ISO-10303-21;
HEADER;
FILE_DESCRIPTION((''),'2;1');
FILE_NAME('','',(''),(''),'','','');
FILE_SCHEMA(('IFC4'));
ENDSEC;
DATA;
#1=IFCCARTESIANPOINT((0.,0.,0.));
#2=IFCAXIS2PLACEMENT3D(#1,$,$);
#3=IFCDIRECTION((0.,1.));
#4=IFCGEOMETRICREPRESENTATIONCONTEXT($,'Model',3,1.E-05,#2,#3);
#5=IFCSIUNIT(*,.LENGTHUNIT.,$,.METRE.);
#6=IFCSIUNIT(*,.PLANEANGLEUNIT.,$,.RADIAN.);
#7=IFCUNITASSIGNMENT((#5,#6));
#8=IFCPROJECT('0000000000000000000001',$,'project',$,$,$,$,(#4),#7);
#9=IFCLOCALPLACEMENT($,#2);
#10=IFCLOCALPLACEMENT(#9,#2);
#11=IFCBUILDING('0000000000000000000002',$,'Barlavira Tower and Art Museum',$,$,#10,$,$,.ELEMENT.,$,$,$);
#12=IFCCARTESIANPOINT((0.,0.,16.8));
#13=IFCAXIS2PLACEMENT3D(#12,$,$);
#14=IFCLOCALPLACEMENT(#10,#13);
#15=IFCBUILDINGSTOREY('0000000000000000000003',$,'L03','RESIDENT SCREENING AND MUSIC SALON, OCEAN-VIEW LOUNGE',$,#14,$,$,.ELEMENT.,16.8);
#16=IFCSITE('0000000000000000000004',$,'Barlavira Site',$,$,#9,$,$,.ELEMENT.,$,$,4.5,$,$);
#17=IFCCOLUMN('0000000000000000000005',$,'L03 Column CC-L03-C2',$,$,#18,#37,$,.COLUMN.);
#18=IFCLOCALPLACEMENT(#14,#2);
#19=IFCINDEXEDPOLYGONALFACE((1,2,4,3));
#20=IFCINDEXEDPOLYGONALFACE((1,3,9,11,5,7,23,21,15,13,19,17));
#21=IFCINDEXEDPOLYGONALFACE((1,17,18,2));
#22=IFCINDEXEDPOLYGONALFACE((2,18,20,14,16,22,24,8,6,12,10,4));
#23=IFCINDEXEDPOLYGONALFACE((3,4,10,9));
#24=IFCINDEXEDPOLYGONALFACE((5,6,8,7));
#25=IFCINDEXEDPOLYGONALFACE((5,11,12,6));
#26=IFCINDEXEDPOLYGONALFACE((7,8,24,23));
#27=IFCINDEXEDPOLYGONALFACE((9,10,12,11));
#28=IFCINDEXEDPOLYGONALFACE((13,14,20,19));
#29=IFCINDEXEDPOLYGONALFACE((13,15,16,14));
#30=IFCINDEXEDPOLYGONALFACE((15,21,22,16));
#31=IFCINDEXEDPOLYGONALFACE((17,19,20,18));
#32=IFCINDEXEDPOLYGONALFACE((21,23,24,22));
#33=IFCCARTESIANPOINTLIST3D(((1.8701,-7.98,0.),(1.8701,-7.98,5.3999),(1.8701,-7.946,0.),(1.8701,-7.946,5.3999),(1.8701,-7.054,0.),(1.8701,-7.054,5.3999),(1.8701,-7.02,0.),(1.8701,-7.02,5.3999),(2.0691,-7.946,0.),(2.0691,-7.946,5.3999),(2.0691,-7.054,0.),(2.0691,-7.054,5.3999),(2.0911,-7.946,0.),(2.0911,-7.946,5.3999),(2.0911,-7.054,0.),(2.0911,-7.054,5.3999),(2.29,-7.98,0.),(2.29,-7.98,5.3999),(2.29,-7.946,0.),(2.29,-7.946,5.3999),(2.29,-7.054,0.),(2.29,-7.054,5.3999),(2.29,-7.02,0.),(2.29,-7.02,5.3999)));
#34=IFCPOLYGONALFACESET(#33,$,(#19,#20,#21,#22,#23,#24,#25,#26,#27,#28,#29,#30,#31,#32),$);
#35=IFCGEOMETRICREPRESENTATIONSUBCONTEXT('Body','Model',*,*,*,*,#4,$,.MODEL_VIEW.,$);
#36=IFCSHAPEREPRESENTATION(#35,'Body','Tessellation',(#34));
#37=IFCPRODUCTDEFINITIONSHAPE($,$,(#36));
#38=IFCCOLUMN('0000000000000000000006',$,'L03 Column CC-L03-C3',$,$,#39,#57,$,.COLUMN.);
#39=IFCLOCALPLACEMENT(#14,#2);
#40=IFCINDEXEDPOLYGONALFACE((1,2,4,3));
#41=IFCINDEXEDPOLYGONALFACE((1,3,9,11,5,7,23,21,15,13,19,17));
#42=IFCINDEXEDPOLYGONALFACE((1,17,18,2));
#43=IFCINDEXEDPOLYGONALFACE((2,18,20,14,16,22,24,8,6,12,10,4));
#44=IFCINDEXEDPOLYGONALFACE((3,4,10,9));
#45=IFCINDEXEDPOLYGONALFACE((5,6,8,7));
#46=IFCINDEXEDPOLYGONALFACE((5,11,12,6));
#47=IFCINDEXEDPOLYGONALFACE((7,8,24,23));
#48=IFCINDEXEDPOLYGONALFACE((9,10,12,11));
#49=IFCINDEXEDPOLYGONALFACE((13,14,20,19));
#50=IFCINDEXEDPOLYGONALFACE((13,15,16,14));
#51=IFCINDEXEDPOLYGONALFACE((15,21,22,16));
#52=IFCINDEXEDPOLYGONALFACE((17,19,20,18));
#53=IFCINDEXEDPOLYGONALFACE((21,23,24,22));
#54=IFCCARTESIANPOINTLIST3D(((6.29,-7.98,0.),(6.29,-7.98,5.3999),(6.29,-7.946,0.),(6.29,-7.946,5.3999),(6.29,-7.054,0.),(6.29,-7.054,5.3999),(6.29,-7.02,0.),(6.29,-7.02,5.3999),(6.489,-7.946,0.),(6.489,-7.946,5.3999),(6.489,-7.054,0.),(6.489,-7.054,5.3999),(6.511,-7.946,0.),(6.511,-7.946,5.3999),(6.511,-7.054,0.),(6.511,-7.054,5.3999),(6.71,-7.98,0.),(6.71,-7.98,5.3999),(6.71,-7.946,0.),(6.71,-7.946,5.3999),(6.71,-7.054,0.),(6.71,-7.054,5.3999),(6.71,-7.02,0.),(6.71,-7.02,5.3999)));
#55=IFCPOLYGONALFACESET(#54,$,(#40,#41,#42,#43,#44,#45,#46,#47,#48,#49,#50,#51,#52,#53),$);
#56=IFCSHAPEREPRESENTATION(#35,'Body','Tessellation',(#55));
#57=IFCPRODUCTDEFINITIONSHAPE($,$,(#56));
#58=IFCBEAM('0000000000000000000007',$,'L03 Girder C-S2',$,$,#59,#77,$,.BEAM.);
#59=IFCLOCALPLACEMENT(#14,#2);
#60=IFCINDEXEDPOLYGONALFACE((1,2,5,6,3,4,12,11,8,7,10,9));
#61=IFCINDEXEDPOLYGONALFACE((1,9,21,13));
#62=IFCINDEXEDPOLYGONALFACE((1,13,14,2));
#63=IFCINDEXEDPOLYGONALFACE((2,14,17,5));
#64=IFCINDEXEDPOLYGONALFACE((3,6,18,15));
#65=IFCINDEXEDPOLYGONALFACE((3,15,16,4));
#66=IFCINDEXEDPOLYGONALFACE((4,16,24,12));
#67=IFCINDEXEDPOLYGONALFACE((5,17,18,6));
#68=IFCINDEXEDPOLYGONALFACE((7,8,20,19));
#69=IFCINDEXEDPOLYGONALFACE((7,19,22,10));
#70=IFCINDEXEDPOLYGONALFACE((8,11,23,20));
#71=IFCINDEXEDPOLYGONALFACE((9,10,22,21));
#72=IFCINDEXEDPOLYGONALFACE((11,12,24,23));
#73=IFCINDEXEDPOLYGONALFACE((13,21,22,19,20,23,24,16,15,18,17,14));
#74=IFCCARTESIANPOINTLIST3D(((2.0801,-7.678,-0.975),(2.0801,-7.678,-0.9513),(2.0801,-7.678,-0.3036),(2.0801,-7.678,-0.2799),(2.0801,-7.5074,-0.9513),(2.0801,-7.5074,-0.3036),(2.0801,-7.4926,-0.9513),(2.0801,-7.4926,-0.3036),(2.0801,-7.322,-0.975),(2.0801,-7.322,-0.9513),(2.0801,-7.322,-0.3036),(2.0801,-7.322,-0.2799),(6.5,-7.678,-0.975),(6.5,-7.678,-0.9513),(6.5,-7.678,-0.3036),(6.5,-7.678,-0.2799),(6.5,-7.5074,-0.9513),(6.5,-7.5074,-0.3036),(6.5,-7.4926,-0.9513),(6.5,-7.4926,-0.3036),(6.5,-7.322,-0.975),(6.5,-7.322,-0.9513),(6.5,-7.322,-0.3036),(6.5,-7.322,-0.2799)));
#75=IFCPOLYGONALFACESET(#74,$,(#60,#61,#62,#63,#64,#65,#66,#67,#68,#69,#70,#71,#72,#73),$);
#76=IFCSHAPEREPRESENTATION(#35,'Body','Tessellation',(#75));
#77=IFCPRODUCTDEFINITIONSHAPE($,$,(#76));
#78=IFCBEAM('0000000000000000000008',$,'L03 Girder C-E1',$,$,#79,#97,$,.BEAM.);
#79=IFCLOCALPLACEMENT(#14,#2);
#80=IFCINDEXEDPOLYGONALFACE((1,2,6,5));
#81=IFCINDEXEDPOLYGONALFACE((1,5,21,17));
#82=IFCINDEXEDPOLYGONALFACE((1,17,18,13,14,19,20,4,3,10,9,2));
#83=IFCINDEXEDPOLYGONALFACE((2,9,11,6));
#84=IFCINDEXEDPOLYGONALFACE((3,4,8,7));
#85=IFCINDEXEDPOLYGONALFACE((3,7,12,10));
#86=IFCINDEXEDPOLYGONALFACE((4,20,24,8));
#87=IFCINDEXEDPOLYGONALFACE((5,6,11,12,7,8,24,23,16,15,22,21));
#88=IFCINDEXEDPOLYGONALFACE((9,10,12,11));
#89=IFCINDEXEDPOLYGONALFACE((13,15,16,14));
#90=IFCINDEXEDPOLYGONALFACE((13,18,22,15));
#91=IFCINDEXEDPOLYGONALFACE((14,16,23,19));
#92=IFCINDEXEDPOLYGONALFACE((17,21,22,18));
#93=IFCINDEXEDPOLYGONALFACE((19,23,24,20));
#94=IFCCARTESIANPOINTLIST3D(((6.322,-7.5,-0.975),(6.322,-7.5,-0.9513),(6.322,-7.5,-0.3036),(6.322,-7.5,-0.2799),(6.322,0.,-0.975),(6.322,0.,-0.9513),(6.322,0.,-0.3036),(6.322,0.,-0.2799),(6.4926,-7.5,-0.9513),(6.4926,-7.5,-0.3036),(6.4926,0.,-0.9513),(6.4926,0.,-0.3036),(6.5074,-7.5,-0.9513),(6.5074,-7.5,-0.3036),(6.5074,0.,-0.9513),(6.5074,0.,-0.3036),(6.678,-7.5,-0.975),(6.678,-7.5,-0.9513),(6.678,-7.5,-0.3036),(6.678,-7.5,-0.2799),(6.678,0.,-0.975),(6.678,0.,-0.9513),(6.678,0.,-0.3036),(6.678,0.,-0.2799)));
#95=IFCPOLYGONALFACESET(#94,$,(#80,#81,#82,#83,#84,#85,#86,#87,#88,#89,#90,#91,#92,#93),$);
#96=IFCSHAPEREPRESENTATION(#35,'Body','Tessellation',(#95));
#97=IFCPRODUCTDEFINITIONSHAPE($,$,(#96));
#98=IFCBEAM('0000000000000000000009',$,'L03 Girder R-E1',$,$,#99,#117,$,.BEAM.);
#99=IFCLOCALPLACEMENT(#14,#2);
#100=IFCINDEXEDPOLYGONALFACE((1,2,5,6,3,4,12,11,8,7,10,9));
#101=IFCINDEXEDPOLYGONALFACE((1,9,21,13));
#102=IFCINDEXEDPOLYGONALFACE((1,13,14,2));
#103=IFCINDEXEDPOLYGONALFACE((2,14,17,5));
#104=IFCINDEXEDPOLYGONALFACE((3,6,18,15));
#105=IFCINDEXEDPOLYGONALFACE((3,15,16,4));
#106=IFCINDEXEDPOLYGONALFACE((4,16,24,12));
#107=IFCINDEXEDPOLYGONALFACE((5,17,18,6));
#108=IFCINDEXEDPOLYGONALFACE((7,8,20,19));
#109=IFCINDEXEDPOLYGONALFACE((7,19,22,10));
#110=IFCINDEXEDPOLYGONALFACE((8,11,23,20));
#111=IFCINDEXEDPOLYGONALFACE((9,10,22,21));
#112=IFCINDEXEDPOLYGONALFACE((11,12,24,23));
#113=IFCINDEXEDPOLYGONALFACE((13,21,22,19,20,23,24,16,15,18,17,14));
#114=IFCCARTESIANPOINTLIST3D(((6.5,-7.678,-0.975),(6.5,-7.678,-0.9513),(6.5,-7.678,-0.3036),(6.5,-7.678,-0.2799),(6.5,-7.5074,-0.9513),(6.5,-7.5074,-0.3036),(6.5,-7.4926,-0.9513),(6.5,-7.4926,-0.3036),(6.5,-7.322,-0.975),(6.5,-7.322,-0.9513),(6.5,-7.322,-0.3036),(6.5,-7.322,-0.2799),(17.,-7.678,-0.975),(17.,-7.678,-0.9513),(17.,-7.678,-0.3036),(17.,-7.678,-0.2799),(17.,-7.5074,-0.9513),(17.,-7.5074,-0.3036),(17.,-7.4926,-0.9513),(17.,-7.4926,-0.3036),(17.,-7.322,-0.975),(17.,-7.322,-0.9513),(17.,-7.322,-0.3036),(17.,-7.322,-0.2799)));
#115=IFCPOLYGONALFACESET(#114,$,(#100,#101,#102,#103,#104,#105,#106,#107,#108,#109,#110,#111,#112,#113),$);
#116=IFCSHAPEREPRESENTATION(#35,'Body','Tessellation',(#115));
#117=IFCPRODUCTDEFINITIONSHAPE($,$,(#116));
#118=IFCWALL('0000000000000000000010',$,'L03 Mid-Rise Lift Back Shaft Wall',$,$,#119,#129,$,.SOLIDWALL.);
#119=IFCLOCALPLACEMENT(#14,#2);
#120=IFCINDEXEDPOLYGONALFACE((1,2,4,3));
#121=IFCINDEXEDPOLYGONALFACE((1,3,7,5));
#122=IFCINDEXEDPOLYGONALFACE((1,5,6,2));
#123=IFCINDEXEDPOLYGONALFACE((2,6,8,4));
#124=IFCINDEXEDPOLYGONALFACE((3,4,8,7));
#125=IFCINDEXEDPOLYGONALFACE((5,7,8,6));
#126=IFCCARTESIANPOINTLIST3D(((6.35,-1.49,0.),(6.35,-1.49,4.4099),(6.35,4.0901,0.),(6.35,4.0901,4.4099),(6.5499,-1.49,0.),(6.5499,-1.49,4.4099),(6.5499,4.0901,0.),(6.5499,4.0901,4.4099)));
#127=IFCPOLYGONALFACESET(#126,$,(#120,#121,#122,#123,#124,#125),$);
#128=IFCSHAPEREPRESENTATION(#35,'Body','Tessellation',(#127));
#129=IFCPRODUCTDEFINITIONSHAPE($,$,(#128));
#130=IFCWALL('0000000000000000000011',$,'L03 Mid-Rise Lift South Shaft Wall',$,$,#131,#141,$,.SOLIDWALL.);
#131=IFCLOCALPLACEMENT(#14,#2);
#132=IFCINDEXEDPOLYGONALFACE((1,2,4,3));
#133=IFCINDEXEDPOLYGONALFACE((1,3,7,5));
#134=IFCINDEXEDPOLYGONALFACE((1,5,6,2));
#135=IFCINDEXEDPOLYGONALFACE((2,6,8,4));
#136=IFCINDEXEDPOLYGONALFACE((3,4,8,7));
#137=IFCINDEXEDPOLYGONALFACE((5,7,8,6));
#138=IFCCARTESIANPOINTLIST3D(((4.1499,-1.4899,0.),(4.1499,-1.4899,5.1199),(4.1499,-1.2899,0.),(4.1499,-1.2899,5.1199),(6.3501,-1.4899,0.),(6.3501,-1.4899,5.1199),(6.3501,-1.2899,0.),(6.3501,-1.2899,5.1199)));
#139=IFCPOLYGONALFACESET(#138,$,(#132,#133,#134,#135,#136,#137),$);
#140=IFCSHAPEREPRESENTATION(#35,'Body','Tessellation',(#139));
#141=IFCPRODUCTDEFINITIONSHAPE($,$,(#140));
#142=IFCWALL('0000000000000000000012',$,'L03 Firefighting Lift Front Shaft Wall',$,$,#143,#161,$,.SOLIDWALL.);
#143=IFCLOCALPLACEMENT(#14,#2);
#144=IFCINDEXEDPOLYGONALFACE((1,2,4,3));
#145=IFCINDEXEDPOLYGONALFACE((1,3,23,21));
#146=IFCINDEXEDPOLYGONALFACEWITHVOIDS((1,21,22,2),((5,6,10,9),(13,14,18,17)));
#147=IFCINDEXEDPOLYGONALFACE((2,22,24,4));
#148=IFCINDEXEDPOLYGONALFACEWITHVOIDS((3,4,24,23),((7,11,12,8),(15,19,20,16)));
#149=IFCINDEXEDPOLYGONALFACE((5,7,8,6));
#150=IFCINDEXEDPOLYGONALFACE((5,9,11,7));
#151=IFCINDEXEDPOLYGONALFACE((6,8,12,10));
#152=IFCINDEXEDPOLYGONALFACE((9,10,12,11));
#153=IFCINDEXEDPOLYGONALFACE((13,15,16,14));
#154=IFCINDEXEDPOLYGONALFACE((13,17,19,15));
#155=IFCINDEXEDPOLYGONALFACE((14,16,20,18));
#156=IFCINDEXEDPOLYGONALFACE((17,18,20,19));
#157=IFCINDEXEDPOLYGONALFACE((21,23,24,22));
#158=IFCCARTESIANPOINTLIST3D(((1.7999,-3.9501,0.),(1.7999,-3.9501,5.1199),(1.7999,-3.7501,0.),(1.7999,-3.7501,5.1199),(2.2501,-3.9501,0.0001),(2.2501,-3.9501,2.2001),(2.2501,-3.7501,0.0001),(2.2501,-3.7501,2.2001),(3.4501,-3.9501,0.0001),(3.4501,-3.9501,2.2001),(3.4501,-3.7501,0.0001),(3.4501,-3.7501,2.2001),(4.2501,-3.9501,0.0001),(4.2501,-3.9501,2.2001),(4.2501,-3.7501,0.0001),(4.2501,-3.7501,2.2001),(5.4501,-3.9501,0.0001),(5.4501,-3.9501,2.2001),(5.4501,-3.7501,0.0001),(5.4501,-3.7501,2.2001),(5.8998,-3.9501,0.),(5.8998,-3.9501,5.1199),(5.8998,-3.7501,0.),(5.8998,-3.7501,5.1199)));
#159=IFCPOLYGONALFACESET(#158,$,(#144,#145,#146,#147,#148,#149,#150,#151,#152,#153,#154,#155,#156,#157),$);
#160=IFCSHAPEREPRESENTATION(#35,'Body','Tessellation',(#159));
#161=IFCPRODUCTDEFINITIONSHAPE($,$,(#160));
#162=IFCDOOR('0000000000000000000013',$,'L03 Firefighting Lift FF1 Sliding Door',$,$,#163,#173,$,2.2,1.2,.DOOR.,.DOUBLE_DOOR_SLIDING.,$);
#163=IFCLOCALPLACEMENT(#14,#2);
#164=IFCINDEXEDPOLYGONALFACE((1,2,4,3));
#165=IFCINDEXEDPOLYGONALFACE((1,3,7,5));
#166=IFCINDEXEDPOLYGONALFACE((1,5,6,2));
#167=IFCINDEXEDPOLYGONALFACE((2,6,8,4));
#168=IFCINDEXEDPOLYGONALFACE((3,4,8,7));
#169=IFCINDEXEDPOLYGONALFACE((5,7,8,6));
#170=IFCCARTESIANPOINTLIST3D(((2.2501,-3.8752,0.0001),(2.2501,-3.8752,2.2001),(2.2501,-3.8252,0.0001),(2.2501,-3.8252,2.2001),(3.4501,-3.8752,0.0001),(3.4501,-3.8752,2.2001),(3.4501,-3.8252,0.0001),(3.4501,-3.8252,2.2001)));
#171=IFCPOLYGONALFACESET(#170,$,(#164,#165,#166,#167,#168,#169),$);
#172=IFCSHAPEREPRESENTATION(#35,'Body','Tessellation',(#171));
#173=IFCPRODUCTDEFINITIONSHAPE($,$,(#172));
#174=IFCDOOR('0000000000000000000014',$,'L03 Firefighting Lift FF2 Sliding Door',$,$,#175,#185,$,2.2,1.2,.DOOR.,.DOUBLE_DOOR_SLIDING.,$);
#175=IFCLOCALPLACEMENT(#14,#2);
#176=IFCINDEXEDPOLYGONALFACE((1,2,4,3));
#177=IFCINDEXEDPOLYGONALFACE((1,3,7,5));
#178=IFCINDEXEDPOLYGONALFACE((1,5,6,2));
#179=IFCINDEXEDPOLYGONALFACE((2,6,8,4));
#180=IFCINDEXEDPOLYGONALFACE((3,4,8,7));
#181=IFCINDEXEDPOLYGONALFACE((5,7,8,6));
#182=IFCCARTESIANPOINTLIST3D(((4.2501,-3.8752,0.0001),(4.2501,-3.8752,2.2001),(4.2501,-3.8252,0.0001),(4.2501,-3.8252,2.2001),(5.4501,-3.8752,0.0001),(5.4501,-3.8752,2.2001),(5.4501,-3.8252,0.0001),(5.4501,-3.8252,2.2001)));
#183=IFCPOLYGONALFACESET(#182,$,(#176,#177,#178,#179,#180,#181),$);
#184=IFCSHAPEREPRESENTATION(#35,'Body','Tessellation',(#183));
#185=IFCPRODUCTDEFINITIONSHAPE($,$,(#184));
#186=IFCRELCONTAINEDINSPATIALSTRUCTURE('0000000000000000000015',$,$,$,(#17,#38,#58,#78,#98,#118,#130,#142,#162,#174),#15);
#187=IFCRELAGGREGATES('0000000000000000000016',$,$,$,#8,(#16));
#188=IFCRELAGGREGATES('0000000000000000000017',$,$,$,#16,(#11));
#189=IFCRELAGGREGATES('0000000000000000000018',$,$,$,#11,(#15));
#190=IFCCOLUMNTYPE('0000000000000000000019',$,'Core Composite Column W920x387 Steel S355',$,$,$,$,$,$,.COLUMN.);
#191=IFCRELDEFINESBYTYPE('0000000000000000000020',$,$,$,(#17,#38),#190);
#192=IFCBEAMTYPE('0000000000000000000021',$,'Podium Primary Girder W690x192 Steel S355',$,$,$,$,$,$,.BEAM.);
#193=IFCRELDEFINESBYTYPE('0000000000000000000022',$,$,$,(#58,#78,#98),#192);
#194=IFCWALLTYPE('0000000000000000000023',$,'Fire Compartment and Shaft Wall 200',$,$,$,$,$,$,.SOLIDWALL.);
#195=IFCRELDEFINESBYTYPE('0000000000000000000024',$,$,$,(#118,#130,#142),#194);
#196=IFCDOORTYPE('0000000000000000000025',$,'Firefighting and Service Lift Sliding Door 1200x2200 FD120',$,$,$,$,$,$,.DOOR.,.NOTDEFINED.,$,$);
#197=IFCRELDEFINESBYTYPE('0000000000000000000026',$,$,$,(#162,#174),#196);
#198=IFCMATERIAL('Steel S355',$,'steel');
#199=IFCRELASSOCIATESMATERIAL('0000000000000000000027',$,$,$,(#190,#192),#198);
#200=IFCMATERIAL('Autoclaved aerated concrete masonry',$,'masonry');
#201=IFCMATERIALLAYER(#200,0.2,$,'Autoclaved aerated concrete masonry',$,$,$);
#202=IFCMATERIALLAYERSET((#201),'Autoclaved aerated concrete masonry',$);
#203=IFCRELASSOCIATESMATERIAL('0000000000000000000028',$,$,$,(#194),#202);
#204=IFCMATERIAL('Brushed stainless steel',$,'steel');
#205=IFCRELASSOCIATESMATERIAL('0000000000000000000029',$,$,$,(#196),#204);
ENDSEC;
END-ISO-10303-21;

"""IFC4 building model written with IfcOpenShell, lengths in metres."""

from ifc_helpers import new_model, si_unit, direction, frame, frame_2d, origin, origin_2d, place, context, subcontext, project, spatial, rectangle, i_section, extrude, material, layer, layer_set, material_profile, profile_set, type_object, element, fill, save


model = new_model("IFC4")

# Units and contexts
model_context = context("Model", 3, precision=1e-05, world=origin(), true_north=direction((0.0, 1.0)))
body_context = subcontext(model_context, "Body", "Model", "MODEL_VIEW")
ifc_project = project(units=[si_unit("LENGTHUNIT", "METRE"), si_unit("PLANEANGLEUNIT", "RADIAN")], contexts=[model_context])

# Site, building, storey
site_placement = place(None, origin())
site = spatial("IfcSite", under=ifc_project, at=site_placement, Name="Barlavira Site", CompositionType="ELEMENT", RefElevation=4.5)
building_placement = place(site_placement, origin())
building = spatial("IfcBuilding", under=site, at=building_placement, Name="Barlavira Tower and Art Museum", CompositionType="ELEMENT")
storey_placement = place(building_placement, frame((0.0, 0.0, 16.8)))
storey = spatial("IfcBuildingStorey", under=building, at=storey_placement, Name="L03", Description="RESIDENT SCREENING AND MUSIC SALON, OCEAN-VIEW LOUNGE", CompositionType="ELEMENT", Elevation=16.8)

# Columns
ifc_material_1 = material(Name="Steel S355", Category="steel")
ifc_material_profile_1 = material_profile(ifc_material_1, i_section(OverallWidth=0.4199, OverallDepth=0.96, WebThickness=0.022, FlangeThickness=0.0339, at=origin_2d()), Name="W920x387.0")
ifc_profile_set_1 = profile_set([ifc_material_profile_1], Name="Steel S355")
column_type = type_object("IfcColumnType", Name="Core Composite Column W920x387 Steel S355", PredefinedType="COLUMN", material=ifc_profile_set_1)
for number, where, z_axis, x_axis, name in (
    (1, (2.0801, -7.5, 0.0), (0.0, 0.0, 1.0), (1.0, 0.0, 0.0), "L03 Column CC-L03-C2"),
    (2, (6.5, -7.5, 0.0), (0.0, 0.0, 1.0), (1.0, 0.0, 0.0), "L03 Column CC-L03-C3"),
):
    element("IfcColumn", number, at=place(storey_placement, frame(where, z_axis=z_axis, x_axis=x_axis)), inside=storey, type_object=column_type, Name=name, PredefinedType="COLUMN", context=body_context, shape_type="SweptSolid", body=[
        extrude(i_section(OverallWidth=0.4199, OverallDepth=0.96, WebThickness=0.022, FlangeThickness=0.0339, at=origin_2d()), origin(), (0.0, 0.0, 1.0), 5.3999),
    ])

# Beams
ifc_material_profile_2 = material_profile(ifc_material_1, i_section(OverallWidth=0.356, OverallDepth=0.6951, WebThickness=0.0149, FlangeThickness=0.0237, at=origin_2d()), Name="W690x192.0")
ifc_profile_set_2 = profile_set([ifc_material_profile_2], Name="Steel S355")
beam_type = type_object("IfcBeamType", Name="Podium Primary Girder W690x192 Steel S355", PredefinedType="BEAM", material=ifc_profile_set_2)
beam_1_placement = place(storey_placement, frame((2.0801, -7.5, -0.6274), z_axis=(1.0, 0.0, 0.0), x_axis=(0.0, 1.0, 0.0)))
element("IfcBeam", 3, at=beam_1_placement, inside=storey, type_object=beam_type, Name="L03 Girder C-S2", PredefinedType="BEAM", context=body_context, shape_type="SweptSolid", body=[
    extrude(i_section(OverallWidth=0.356, OverallDepth=0.6951, WebThickness=0.0149, FlangeThickness=0.0237, at=origin_2d()), origin(), (0.0, 0.0, 1.0), 4.4199),
])
beam_2_placement = place(storey_placement, frame((6.5, -7.5, -0.6274), z_axis=(0.0, 1.0, 0.0), x_axis=(-1.0, 0.0, 0.0)))
element("IfcBeam", 4, at=beam_2_placement, inside=storey, type_object=beam_type, Name="L03 Girder C-E1", PredefinedType="BEAM", context=body_context, shape_type="SweptSolid", body=[
    extrude(i_section(OverallWidth=0.356, OverallDepth=0.6951, WebThickness=0.0149, FlangeThickness=0.0237, at=origin_2d()), origin(), (0.0, 0.0, 1.0), 7.5),
])
beam_3_placement = place(storey_placement, frame((6.5, -7.5, -0.6274), z_axis=(1.0, 0.0, 0.0), x_axis=(0.0, 1.0, 0.0)))
element("IfcBeam", 5, at=beam_3_placement, inside=storey, type_object=beam_type, Name="L03 Girder R-E1", PredefinedType="BEAM", context=body_context, shape_type="SweptSolid", body=[
    extrude(i_section(OverallWidth=0.356, OverallDepth=0.6951, WebThickness=0.0149, FlangeThickness=0.0237, at=origin_2d()), origin(), (0.0, 0.0, 1.0), 10.5),
])

# Shared definitions
ifc_material_2 = material(Name="Autoclaved aerated concrete masonry", Category="masonry")
ifc_layer_1 = layer(ifc_material_2, 0.2, Name="Autoclaved aerated concrete masonry")
ifc_layer_set_1 = layer_set([ifc_layer_1], Name="Autoclaved aerated concrete masonry")
wall_type_1 = type_object("IfcWallType", Name="Fire Compartment and Shaft Wall 200", PredefinedType="SOLIDWALL", material=ifc_layer_set_1)
ifc_material_3 = material(Name="Brushed stainless steel", Category="steel")

# Walls
wall_1_placement = place(storey_placement, frame((6.45, -1.49, 0.0), z_axis=(0.0, 0.0, 1.0), x_axis=(0.0, 1.0, 0.0)))
element("IfcWall", 6, at=wall_1_placement, inside=storey, type_object=wall_type_1, Name="L03 Mid-Rise Lift Back Shaft Wall", PredefinedType="SOLIDWALL", context=body_context, shape_type="SweptSolid", body=[
    extrude(rectangle(XDim=5.5801, YDim=0.2, at=frame_2d((2.79, 0.0))), origin(), (0.0, 0.0, 1.0), 4.4099),
])
wall_2_placement = place(storey_placement, frame((4.1499, -1.3899, 0.0), z_axis=(0.0, 0.0, 1.0), x_axis=(1.0, 0.0, 0.0)))
element("IfcWall", 7, at=wall_2_placement, inside=storey, type_object=wall_type_1, Name="L03 Mid-Rise Lift South Shaft Wall", PredefinedType="SOLIDWALL", context=body_context, shape_type="SweptSolid", body=[
    extrude(rectangle(XDim=2.2002, YDim=0.2, at=frame_2d((1.1001, 0.0))), origin(), (0.0, 0.0, 1.0), 5.1199),
])

# Wall, openings, doors
wall_3_placement = place(storey_placement, frame((1.8, -3.8501, 0.0), z_axis=(0.0, 0.0, 1.0), x_axis=(1.0, 0.0, 0.0)))
wall_3 = element("IfcWall", 8, at=wall_3_placement, inside=storey, type_object=wall_type_1, Name="L03 Firefighting Lift Front Shaft Wall", PredefinedType="SOLIDWALL", context=body_context, shape_type="SweptSolid", body=[
    extrude(rectangle(XDim=4.0999, YDim=0.2, at=frame_2d((2.0498, 0.0))), origin(), (0.0, 0.0, 1.0), 5.1199),
])
opening_1_placement = place(wall_3_placement, frame((0.45, 0.0, 0.0)))
opening_1 = element("IfcOpeningElement", 9, at=opening_1_placement, cuts=wall_3, PredefinedType="OPENING", context=body_context, shape_type="SweptSolid", body=[
    extrude(rectangle(XDim=1.2, YDim=2.2, at=frame_2d((0.6001, 1.1001))), frame((0.0, 0.1099, 0.0), z_axis=(0.0, -1.0, 0.0), x_axis=(1.0, 0.0, 0.0)), (0.0, 0.0, 1.0), 0.22),
])
opening_2_placement = place(wall_3_placement, frame((2.45, 0.0, 0.0)))
opening_2 = element("IfcOpeningElement", 10, at=opening_2_placement, cuts=wall_3, PredefinedType="OPENING", context=body_context, shape_type="SweptSolid", body=[
    extrude(rectangle(XDim=1.2, YDim=2.2, at=frame_2d((0.6001, 1.1001))), frame((0.0, 0.1099, 0.0), z_axis=(0.0, -1.0, 0.0), x_axis=(1.0, 0.0, 0.0)), (0.0, 0.0, 1.0), 0.22),
])
door_type_1 = type_object("IfcDoorType", Name="Firefighting and Service Lift Sliding Door 1200x2200 FD120", OperationType="NOTDEFINED", PredefinedType="DOOR", material=ifc_material_3)
door_1_placement = place(opening_1_placement, origin())
door_1 = element("IfcDoor", 11, at=door_1_placement, inside=storey, type_object=door_type_1, Name="L03 Firefighting Lift FF1 Sliding Door", OperationType="DOUBLE_DOOR_SLIDING", OverallHeight=2.2, OverallWidth=1.2, PredefinedType="DOOR", context=body_context, shape_type="SweptSolid", body=[
    extrude(rectangle(XDim=1.2, YDim=2.2, at=frame_2d((0.6001, 1.1001))), frame((0.0, 0.0249, 0.0), z_axis=(0.0, -1.0, 0.0), x_axis=(1.0, 0.0, 0.0)), (0.0, 0.0, 1.0), 0.05),
])
fill(opening_1, door_1)
door_2_placement = place(opening_2_placement, origin())
door_2 = element("IfcDoor", 12, at=door_2_placement, inside=storey, type_object=door_type_1, Name="L03 Firefighting Lift FF2 Sliding Door", OperationType="DOUBLE_DOOR_SLIDING", OverallHeight=2.2, OverallWidth=1.2, PredefinedType="DOOR", context=body_context, shape_type="SweptSolid", body=[
    extrude(rectangle(XDim=1.2, YDim=2.2, at=frame_2d((0.6001, 1.1001))), frame((0.0, 0.0249, 0.0), z_axis=(0.0, -1.0, 0.0), x_axis=(1.0, 0.0, 0.0)), (0.0, 0.0, 1.0), 0.05),
])
fill(opening_2, door_2)

save(model, "model.ifc")
